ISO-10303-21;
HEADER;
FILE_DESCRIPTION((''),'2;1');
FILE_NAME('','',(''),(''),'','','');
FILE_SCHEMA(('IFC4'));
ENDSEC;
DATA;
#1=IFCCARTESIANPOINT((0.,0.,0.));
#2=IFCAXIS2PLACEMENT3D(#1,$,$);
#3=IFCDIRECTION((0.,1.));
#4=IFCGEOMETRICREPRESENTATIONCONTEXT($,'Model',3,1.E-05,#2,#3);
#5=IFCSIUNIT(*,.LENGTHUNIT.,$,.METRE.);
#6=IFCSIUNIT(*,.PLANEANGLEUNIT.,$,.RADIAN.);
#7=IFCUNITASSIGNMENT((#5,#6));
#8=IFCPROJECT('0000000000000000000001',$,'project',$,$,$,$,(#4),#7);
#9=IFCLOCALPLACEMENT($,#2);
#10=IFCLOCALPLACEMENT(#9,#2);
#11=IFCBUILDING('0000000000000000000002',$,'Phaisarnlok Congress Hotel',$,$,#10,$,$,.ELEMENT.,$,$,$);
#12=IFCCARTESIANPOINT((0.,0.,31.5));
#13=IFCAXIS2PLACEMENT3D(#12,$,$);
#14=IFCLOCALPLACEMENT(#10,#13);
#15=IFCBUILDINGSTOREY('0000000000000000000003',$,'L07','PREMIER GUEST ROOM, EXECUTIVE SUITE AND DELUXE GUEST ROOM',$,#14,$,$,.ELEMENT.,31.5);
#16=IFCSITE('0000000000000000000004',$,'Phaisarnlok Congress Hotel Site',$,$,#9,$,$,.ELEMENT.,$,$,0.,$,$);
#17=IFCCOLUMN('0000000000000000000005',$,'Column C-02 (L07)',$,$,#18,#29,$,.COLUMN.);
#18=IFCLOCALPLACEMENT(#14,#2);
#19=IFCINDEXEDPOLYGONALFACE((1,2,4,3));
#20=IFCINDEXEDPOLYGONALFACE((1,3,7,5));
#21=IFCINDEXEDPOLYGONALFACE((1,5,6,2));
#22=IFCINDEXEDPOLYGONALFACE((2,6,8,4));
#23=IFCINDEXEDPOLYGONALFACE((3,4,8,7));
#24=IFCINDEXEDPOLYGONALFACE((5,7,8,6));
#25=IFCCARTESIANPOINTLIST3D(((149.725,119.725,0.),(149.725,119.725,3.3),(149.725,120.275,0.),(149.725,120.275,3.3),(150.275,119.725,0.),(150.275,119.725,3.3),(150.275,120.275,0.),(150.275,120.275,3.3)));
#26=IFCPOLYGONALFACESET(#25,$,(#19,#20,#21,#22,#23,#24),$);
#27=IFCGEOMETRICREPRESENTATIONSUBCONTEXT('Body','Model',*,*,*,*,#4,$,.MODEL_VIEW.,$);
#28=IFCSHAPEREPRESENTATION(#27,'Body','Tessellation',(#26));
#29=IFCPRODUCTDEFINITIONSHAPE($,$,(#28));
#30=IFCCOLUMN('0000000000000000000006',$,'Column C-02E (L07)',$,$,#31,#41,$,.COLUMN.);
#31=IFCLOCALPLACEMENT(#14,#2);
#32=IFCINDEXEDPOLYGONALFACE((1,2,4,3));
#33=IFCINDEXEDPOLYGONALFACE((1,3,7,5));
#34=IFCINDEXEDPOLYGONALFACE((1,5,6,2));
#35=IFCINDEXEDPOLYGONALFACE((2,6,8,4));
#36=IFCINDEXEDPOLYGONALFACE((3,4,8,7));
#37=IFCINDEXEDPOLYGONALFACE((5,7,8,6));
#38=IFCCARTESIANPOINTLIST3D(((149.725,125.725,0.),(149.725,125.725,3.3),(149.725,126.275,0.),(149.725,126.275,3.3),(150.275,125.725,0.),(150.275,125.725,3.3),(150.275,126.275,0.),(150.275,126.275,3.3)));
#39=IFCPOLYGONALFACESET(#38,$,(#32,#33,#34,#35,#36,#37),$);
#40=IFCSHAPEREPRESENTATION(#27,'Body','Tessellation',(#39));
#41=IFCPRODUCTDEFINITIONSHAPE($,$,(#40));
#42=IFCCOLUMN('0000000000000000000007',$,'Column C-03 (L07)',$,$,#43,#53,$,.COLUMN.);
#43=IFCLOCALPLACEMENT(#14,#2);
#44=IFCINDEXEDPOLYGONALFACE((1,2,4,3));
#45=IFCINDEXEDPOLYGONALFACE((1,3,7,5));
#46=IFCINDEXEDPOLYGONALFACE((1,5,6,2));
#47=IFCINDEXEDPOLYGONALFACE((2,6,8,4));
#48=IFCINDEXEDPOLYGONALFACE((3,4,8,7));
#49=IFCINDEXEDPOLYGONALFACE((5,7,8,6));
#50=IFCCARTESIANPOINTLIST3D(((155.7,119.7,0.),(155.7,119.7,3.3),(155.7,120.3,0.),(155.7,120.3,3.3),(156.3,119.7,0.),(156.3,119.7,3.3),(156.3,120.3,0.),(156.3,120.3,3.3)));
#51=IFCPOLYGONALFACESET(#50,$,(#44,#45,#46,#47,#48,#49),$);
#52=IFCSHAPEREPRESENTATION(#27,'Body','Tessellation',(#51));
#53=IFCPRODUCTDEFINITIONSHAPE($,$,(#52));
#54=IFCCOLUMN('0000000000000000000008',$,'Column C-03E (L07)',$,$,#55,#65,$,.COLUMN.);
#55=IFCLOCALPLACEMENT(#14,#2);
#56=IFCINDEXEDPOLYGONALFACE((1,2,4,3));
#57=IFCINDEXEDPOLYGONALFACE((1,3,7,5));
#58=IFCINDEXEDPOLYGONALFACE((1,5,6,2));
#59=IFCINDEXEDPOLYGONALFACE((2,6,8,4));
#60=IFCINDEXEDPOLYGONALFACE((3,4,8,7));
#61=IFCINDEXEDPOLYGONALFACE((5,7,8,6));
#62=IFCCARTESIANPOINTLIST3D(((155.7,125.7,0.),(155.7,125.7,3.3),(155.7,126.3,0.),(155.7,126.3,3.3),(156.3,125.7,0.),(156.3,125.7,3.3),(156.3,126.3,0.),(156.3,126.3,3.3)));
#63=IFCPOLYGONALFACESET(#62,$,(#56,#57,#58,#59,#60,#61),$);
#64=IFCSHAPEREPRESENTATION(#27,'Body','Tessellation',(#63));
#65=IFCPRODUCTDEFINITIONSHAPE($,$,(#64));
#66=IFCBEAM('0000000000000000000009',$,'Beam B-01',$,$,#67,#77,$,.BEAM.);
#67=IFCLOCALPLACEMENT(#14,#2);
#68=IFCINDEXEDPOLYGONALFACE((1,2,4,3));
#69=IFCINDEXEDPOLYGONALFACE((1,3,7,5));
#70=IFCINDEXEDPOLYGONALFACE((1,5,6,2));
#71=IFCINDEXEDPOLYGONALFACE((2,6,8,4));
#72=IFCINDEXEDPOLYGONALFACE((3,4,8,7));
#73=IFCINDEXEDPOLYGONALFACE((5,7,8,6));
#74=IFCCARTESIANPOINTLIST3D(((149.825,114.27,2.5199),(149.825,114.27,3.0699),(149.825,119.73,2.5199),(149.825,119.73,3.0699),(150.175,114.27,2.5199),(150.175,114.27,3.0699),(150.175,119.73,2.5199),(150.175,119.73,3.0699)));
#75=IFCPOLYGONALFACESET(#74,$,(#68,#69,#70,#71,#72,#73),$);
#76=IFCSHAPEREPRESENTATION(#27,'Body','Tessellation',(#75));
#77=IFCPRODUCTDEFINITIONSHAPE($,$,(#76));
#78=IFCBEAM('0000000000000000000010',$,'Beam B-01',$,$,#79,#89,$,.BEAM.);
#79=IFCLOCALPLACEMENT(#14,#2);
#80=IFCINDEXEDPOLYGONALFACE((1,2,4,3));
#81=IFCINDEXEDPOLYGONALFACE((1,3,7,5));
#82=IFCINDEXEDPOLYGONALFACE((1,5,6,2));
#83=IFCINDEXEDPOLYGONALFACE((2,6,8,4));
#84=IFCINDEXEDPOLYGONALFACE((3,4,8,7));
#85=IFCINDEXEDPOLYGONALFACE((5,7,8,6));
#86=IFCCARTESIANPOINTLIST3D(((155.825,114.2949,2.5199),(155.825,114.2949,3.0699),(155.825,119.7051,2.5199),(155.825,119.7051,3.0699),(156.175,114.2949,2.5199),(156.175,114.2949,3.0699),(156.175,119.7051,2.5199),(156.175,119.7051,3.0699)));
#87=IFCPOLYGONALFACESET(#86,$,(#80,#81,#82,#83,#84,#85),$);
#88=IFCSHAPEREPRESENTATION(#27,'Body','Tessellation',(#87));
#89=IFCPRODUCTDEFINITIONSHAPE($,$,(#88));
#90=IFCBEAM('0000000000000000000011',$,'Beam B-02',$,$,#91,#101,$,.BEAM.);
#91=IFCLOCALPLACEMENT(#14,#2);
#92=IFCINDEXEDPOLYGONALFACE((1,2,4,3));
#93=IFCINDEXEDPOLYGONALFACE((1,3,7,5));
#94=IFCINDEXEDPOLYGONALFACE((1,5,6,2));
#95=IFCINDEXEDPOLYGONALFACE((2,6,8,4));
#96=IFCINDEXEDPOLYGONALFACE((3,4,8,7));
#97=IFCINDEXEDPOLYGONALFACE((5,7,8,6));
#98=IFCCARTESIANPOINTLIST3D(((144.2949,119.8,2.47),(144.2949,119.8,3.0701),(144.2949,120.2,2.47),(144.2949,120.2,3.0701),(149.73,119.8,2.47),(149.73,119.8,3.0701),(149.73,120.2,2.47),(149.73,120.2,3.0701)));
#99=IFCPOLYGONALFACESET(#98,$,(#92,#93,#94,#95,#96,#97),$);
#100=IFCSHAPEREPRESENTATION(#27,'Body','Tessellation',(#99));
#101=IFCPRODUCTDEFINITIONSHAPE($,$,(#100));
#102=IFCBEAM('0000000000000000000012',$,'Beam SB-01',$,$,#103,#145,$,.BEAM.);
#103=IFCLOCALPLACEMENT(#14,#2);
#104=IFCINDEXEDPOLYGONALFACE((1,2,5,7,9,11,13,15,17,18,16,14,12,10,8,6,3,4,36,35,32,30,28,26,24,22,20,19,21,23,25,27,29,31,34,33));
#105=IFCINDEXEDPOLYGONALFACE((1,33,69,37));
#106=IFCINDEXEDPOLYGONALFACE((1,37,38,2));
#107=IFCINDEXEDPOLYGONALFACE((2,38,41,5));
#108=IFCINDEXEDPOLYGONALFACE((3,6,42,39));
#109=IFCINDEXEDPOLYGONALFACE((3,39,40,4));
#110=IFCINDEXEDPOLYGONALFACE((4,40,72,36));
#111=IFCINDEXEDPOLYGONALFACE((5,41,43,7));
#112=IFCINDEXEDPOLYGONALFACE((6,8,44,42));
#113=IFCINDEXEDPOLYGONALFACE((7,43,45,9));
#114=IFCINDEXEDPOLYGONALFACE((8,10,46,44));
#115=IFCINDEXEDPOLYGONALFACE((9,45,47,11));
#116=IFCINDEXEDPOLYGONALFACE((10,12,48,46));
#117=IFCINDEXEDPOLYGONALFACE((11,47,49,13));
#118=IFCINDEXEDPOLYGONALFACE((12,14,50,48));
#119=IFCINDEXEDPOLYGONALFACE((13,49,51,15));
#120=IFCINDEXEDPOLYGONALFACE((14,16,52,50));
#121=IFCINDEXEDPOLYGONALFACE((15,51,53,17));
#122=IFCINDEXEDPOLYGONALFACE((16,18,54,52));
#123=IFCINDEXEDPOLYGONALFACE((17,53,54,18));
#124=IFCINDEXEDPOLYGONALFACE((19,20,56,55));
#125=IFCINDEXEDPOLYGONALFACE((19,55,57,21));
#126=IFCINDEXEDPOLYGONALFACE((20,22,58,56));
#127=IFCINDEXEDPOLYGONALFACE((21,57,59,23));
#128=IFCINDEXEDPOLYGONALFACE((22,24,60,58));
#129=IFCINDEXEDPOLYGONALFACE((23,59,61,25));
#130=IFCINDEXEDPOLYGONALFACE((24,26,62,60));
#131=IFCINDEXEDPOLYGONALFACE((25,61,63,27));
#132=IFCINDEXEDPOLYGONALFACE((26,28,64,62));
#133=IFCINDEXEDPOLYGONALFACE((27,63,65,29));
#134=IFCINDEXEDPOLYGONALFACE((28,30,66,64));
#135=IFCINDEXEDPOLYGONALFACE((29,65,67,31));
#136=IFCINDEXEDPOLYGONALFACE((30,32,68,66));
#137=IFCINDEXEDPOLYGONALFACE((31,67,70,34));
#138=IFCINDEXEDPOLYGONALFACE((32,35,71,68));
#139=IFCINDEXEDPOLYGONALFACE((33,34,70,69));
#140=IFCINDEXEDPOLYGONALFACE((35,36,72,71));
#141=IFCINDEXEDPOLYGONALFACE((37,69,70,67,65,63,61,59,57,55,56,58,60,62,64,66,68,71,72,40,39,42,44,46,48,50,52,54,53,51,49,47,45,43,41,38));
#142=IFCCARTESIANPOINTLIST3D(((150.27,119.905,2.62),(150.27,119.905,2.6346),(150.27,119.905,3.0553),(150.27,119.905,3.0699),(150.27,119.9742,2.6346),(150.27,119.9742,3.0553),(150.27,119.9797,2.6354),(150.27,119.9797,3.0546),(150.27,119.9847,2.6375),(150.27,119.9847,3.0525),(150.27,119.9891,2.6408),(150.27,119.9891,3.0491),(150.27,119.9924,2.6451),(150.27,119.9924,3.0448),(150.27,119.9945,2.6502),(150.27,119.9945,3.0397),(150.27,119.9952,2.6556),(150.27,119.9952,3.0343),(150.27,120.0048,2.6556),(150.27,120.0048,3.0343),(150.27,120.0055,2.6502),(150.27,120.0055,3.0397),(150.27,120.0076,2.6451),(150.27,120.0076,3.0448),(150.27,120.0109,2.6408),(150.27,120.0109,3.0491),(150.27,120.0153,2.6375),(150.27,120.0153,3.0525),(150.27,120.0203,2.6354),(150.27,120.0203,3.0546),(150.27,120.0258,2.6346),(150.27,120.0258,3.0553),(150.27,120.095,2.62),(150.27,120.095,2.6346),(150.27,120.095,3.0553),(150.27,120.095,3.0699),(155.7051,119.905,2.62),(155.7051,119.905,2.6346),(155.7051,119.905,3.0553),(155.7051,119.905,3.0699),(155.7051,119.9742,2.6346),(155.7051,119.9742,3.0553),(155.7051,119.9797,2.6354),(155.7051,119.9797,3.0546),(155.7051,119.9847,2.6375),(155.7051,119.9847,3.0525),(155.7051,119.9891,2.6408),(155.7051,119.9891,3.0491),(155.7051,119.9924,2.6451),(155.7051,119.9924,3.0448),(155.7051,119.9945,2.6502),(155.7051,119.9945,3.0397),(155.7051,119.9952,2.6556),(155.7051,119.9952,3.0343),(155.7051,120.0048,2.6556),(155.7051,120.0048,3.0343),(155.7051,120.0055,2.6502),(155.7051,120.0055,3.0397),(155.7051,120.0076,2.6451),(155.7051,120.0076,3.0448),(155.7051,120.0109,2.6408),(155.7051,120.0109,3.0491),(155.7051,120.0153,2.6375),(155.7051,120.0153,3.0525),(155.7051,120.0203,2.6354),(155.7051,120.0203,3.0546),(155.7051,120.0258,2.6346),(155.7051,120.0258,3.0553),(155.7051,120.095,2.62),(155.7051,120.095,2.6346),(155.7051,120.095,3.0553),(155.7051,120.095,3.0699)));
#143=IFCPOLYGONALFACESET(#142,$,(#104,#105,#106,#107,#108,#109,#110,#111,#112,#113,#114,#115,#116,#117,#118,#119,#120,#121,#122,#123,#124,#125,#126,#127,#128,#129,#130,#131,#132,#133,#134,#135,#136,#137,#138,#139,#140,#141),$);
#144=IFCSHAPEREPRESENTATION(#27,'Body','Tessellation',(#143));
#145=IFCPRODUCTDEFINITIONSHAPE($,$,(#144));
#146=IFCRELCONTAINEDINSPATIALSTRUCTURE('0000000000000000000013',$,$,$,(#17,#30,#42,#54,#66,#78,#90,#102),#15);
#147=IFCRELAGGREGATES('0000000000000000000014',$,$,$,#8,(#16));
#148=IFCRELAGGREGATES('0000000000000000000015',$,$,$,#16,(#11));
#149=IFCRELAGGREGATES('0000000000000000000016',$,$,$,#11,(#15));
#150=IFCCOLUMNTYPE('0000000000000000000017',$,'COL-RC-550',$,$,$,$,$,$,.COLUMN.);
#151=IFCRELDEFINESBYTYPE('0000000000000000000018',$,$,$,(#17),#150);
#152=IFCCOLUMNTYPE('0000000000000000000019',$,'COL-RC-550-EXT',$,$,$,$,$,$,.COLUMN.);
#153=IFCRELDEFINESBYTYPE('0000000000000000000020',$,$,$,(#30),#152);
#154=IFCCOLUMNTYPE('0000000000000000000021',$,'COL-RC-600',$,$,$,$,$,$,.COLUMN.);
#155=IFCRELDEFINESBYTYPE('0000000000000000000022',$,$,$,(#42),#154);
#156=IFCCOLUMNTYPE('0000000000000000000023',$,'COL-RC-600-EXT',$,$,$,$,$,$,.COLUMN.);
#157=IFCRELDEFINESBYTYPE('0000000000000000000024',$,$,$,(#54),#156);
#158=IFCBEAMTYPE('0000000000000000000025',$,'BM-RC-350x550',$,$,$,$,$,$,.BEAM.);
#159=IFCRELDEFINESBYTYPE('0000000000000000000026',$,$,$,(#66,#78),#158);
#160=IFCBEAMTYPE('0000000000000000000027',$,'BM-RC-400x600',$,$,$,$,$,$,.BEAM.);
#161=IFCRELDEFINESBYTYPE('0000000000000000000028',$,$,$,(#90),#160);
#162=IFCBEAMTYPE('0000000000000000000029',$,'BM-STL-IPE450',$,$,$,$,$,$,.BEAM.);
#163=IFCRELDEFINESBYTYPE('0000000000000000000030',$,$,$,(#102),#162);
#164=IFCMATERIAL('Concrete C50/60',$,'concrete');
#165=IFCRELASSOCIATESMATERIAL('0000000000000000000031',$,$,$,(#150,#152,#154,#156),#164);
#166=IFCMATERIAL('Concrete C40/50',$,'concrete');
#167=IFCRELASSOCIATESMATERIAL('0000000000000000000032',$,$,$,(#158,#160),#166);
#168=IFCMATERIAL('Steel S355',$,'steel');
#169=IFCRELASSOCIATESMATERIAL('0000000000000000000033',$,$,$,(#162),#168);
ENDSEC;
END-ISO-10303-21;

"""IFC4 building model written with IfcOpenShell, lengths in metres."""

from ifc_helpers import new_model, si_unit, direction, frame, origin, origin_2d, place, context, subcontext, project, spatial, rectangle, i_section, extrude, material, material_profile, profile_set, type_object, element, save


model = new_model("IFC4")

# Units and contexts
model_context = context("Model", 3, precision=1e-05, world=origin(), true_north=direction((0.0, 1.0)))
body_context = subcontext(model_context, "Body", "Model", "MODEL_VIEW")
ifc_project = project(units=[si_unit("LENGTHUNIT", "METRE"), si_unit("PLANEANGLEUNIT", "RADIAN")], contexts=[model_context])

# Site, building, storey
site_placement = place(None, origin())
site = spatial("IfcSite", under=ifc_project, at=site_placement, Name="Phaisarnlok Congress Hotel Site", CompositionType="ELEMENT", RefElevation=0.0)
building_placement = place(site_placement, origin())
building = spatial("IfcBuilding", under=site, at=building_placement, Name="Phaisarnlok Congress Hotel", CompositionType="ELEMENT")
storey_placement = place(building_placement, frame((0.0, 0.0, 31.5)))
storey = spatial("IfcBuildingStorey", under=building, at=storey_placement, Name="L07", Description="PREMIER GUEST ROOM, EXECUTIVE SUITE AND DELUXE GUEST ROOM", CompositionType="ELEMENT", Elevation=31.5)

# Columns
ifc_material_1 = material(Name="Concrete C50/60", Category="concrete")
ifc_material_profile_1 = material_profile(ifc_material_1, rectangle(XDim=0.55, YDim=0.55, at=origin_2d()), Name="RC 550x550")
ifc_profile_set_1 = profile_set([ifc_material_profile_1], Name="Concrete C50/60")
column_type_1 = type_object("IfcColumnType", Name="COL-RC-550", PredefinedType="COLUMN", material=ifc_profile_set_1)
column_1_placement = place(storey_placement, frame((150.0, 120.0, 0.0), z_axis=(0.0, 0.0, 1.0), x_axis=(1.0, 0.0, 0.0)))
element("IfcColumn", 1, at=column_1_placement, inside=storey, type_object=column_type_1, Name="Column C-02 (L07)", PredefinedType="COLUMN", context=body_context, shape_type="SweptSolid", body=[
    extrude(rectangle(XDim=0.55, YDim=0.55, at=origin_2d()), origin(), (0.0, 0.0, 1.0), 3.3),
])
ifc_material_profile_2 = material_profile(ifc_material_1, rectangle(XDim=0.55, YDim=0.55, at=origin_2d()), Name="RC 550x550")
ifc_profile_set_2 = profile_set([ifc_material_profile_2], Name="Concrete C50/60")
column_type_2 = type_object("IfcColumnType", Name="COL-RC-550-EXT", PredefinedType="COLUMN", material=ifc_profile_set_2)
column_2_placement = place(storey_placement, frame((150.0, 126.0, 0.0), z_axis=(0.0, 0.0, 1.0), x_axis=(1.0, 0.0, 0.0)))
element("IfcColumn", 2, at=column_2_placement, inside=storey, type_object=column_type_2, Name="Column C-02E (L07)", PredefinedType="COLUMN", context=body_context, shape_type="SweptSolid", body=[
    extrude(rectangle(XDim=0.55, YDim=0.55, at=origin_2d()), origin(), (0.0, 0.0, 1.0), 3.3),
])
ifc_material_profile_3 = material_profile(ifc_material_1, rectangle(XDim=0.6001, YDim=0.6001, at=origin_2d()), Name="RC 600x600")
ifc_profile_set_3 = profile_set([ifc_material_profile_3], Name="Concrete C50/60")
column_type_3 = type_object("IfcColumnType", Name="COL-RC-600", PredefinedType="COLUMN", material=ifc_profile_set_3)
column_3_placement = place(storey_placement, frame((156.0, 120.0, 0.0), z_axis=(0.0, 0.0, 1.0), x_axis=(1.0, 0.0, 0.0)))
element("IfcColumn", 3, at=column_3_placement, inside=storey, type_object=column_type_3, Name="Column C-03 (L07)", PredefinedType="COLUMN", context=body_context, shape_type="SweptSolid", body=[
    extrude(rectangle(XDim=0.6001, YDim=0.6001, at=origin_2d()), origin(), (0.0, 0.0, 1.0), 3.3),
])
ifc_material_profile_4 = material_profile(ifc_material_1, rectangle(XDim=0.6001, YDim=0.6001, at=origin_2d()), Name="RC 600x600")
ifc_profile_set_4 = profile_set([ifc_material_profile_4], Name="Concrete C50/60")
column_type_4 = type_object("IfcColumnType", Name="COL-RC-600-EXT", PredefinedType="COLUMN", material=ifc_profile_set_4)
column_4_placement = place(storey_placement, frame((156.0, 126.0, 0.0), z_axis=(0.0, 0.0, 1.0), x_axis=(1.0, 0.0, 0.0)))
element("IfcColumn", 4, at=column_4_placement, inside=storey, type_object=column_type_4, Name="Column C-03E (L07)", PredefinedType="COLUMN", context=body_context, shape_type="SweptSolid", body=[
    extrude(rectangle(XDim=0.6001, YDim=0.6001, at=origin_2d()), origin(), (0.0, 0.0, 1.0), 3.3),
])

# Beams
ifc_material_2 = material(Name="Concrete C40/50", Category="concrete")
ifc_material_profile_5 = material_profile(ifc_material_2, rectangle(XDim=0.3501, YDim=0.55, at=origin_2d()), Name="RC 350x550")
ifc_profile_set_5 = profile_set([ifc_material_profile_5], Name="Concrete C40/50")
beam_type_1 = type_object("IfcBeamType", Name="BM-RC-350x550", PredefinedType="BEAM", material=ifc_profile_set_5)
beam_1_placement = place(storey_placement, frame((150.0, 114.27, 2.7949), z_axis=(0.0, 1.0, 0.0), x_axis=(-1.0, 0.0, 0.0)))
element("IfcBeam", 5, at=beam_1_placement, inside=storey, type_object=beam_type_1, Name="Beam B-01", PredefinedType="BEAM", context=body_context, shape_type="SweptSolid", body=[
    extrude(rectangle(XDim=0.3501, YDim=0.55, at=origin_2d()), origin(), (0.0, 0.0, 1.0), 5.46),
])
beam_2_placement = place(storey_placement, frame((156.0, 114.2949, 2.7949), z_axis=(0.0, 1.0, 0.0), x_axis=(-1.0, 0.0, 0.0)))
element("IfcBeam", 6, at=beam_2_placement, inside=storey, type_object=beam_type_1, Name="Beam B-01", PredefinedType="BEAM", context=body_context, shape_type="SweptSolid", body=[
    extrude(rectangle(XDim=0.3501, YDim=0.55, at=origin_2d()), origin(), (0.0, 0.0, 1.0), 5.4102),
])
ifc_material_profile_6 = material_profile(ifc_material_2, rectangle(XDim=0.3999, YDim=0.6001, at=origin_2d()), Name="RC 400x600")
ifc_profile_set_6 = profile_set([ifc_material_profile_6], Name="Concrete C40/50")
beam_type_2 = type_object("IfcBeamType", Name="BM-RC-400x600", PredefinedType="BEAM", material=ifc_profile_set_6)
beam_3_placement = place(storey_placement, frame((144.2949, 120.0, 2.77), z_axis=(1.0, 0.0, 0.0), x_axis=(0.0, 1.0, 0.0)))
element("IfcBeam", 7, at=beam_3_placement, inside=storey, type_object=beam_type_2, Name="Beam B-02", PredefinedType="BEAM", context=body_context, shape_type="SweptSolid", body=[
    extrude(rectangle(XDim=0.3999, YDim=0.6001, at=origin_2d()), origin(), (0.0, 0.0, 1.0), 5.4351),
])
ifc_material_3 = material(Name="Steel S355", Category="steel")
ifc_material_profile_7 = material_profile(ifc_material_3, i_section(OverallWidth=0.1899, OverallDepth=0.45, WebThickness=0.0095, FlangeThickness=0.0146, FilletRadius=0.021, at=origin_2d()), Name="IPE 450")
ifc_profile_set_7 = profile_set([ifc_material_profile_7], Name="Steel S355")
beam_type_3 = type_object("IfcBeamType", Name="BM-STL-IPE450", PredefinedType="BEAM", material=ifc_profile_set_7)
beam_4_placement = place(storey_placement, frame((150.27, 120.0, 2.845), z_axis=(1.0, 0.0, 0.0), x_axis=(0.0, 1.0, 0.0)))
element("IfcBeam", 8, at=beam_4_placement, inside=storey, type_object=beam_type_3, Name="Beam SB-01", PredefinedType="BEAM", context=body_context, shape_type="SweptSolid", body=[
    extrude(i_section(OverallWidth=0.1899, OverallDepth=0.45, WebThickness=0.0095, FlangeThickness=0.0146, FilletRadius=0.021, at=origin_2d()), origin(), (0.0, 0.0, 1.0), 5.4351),
])

save(model, "model.ifc")
